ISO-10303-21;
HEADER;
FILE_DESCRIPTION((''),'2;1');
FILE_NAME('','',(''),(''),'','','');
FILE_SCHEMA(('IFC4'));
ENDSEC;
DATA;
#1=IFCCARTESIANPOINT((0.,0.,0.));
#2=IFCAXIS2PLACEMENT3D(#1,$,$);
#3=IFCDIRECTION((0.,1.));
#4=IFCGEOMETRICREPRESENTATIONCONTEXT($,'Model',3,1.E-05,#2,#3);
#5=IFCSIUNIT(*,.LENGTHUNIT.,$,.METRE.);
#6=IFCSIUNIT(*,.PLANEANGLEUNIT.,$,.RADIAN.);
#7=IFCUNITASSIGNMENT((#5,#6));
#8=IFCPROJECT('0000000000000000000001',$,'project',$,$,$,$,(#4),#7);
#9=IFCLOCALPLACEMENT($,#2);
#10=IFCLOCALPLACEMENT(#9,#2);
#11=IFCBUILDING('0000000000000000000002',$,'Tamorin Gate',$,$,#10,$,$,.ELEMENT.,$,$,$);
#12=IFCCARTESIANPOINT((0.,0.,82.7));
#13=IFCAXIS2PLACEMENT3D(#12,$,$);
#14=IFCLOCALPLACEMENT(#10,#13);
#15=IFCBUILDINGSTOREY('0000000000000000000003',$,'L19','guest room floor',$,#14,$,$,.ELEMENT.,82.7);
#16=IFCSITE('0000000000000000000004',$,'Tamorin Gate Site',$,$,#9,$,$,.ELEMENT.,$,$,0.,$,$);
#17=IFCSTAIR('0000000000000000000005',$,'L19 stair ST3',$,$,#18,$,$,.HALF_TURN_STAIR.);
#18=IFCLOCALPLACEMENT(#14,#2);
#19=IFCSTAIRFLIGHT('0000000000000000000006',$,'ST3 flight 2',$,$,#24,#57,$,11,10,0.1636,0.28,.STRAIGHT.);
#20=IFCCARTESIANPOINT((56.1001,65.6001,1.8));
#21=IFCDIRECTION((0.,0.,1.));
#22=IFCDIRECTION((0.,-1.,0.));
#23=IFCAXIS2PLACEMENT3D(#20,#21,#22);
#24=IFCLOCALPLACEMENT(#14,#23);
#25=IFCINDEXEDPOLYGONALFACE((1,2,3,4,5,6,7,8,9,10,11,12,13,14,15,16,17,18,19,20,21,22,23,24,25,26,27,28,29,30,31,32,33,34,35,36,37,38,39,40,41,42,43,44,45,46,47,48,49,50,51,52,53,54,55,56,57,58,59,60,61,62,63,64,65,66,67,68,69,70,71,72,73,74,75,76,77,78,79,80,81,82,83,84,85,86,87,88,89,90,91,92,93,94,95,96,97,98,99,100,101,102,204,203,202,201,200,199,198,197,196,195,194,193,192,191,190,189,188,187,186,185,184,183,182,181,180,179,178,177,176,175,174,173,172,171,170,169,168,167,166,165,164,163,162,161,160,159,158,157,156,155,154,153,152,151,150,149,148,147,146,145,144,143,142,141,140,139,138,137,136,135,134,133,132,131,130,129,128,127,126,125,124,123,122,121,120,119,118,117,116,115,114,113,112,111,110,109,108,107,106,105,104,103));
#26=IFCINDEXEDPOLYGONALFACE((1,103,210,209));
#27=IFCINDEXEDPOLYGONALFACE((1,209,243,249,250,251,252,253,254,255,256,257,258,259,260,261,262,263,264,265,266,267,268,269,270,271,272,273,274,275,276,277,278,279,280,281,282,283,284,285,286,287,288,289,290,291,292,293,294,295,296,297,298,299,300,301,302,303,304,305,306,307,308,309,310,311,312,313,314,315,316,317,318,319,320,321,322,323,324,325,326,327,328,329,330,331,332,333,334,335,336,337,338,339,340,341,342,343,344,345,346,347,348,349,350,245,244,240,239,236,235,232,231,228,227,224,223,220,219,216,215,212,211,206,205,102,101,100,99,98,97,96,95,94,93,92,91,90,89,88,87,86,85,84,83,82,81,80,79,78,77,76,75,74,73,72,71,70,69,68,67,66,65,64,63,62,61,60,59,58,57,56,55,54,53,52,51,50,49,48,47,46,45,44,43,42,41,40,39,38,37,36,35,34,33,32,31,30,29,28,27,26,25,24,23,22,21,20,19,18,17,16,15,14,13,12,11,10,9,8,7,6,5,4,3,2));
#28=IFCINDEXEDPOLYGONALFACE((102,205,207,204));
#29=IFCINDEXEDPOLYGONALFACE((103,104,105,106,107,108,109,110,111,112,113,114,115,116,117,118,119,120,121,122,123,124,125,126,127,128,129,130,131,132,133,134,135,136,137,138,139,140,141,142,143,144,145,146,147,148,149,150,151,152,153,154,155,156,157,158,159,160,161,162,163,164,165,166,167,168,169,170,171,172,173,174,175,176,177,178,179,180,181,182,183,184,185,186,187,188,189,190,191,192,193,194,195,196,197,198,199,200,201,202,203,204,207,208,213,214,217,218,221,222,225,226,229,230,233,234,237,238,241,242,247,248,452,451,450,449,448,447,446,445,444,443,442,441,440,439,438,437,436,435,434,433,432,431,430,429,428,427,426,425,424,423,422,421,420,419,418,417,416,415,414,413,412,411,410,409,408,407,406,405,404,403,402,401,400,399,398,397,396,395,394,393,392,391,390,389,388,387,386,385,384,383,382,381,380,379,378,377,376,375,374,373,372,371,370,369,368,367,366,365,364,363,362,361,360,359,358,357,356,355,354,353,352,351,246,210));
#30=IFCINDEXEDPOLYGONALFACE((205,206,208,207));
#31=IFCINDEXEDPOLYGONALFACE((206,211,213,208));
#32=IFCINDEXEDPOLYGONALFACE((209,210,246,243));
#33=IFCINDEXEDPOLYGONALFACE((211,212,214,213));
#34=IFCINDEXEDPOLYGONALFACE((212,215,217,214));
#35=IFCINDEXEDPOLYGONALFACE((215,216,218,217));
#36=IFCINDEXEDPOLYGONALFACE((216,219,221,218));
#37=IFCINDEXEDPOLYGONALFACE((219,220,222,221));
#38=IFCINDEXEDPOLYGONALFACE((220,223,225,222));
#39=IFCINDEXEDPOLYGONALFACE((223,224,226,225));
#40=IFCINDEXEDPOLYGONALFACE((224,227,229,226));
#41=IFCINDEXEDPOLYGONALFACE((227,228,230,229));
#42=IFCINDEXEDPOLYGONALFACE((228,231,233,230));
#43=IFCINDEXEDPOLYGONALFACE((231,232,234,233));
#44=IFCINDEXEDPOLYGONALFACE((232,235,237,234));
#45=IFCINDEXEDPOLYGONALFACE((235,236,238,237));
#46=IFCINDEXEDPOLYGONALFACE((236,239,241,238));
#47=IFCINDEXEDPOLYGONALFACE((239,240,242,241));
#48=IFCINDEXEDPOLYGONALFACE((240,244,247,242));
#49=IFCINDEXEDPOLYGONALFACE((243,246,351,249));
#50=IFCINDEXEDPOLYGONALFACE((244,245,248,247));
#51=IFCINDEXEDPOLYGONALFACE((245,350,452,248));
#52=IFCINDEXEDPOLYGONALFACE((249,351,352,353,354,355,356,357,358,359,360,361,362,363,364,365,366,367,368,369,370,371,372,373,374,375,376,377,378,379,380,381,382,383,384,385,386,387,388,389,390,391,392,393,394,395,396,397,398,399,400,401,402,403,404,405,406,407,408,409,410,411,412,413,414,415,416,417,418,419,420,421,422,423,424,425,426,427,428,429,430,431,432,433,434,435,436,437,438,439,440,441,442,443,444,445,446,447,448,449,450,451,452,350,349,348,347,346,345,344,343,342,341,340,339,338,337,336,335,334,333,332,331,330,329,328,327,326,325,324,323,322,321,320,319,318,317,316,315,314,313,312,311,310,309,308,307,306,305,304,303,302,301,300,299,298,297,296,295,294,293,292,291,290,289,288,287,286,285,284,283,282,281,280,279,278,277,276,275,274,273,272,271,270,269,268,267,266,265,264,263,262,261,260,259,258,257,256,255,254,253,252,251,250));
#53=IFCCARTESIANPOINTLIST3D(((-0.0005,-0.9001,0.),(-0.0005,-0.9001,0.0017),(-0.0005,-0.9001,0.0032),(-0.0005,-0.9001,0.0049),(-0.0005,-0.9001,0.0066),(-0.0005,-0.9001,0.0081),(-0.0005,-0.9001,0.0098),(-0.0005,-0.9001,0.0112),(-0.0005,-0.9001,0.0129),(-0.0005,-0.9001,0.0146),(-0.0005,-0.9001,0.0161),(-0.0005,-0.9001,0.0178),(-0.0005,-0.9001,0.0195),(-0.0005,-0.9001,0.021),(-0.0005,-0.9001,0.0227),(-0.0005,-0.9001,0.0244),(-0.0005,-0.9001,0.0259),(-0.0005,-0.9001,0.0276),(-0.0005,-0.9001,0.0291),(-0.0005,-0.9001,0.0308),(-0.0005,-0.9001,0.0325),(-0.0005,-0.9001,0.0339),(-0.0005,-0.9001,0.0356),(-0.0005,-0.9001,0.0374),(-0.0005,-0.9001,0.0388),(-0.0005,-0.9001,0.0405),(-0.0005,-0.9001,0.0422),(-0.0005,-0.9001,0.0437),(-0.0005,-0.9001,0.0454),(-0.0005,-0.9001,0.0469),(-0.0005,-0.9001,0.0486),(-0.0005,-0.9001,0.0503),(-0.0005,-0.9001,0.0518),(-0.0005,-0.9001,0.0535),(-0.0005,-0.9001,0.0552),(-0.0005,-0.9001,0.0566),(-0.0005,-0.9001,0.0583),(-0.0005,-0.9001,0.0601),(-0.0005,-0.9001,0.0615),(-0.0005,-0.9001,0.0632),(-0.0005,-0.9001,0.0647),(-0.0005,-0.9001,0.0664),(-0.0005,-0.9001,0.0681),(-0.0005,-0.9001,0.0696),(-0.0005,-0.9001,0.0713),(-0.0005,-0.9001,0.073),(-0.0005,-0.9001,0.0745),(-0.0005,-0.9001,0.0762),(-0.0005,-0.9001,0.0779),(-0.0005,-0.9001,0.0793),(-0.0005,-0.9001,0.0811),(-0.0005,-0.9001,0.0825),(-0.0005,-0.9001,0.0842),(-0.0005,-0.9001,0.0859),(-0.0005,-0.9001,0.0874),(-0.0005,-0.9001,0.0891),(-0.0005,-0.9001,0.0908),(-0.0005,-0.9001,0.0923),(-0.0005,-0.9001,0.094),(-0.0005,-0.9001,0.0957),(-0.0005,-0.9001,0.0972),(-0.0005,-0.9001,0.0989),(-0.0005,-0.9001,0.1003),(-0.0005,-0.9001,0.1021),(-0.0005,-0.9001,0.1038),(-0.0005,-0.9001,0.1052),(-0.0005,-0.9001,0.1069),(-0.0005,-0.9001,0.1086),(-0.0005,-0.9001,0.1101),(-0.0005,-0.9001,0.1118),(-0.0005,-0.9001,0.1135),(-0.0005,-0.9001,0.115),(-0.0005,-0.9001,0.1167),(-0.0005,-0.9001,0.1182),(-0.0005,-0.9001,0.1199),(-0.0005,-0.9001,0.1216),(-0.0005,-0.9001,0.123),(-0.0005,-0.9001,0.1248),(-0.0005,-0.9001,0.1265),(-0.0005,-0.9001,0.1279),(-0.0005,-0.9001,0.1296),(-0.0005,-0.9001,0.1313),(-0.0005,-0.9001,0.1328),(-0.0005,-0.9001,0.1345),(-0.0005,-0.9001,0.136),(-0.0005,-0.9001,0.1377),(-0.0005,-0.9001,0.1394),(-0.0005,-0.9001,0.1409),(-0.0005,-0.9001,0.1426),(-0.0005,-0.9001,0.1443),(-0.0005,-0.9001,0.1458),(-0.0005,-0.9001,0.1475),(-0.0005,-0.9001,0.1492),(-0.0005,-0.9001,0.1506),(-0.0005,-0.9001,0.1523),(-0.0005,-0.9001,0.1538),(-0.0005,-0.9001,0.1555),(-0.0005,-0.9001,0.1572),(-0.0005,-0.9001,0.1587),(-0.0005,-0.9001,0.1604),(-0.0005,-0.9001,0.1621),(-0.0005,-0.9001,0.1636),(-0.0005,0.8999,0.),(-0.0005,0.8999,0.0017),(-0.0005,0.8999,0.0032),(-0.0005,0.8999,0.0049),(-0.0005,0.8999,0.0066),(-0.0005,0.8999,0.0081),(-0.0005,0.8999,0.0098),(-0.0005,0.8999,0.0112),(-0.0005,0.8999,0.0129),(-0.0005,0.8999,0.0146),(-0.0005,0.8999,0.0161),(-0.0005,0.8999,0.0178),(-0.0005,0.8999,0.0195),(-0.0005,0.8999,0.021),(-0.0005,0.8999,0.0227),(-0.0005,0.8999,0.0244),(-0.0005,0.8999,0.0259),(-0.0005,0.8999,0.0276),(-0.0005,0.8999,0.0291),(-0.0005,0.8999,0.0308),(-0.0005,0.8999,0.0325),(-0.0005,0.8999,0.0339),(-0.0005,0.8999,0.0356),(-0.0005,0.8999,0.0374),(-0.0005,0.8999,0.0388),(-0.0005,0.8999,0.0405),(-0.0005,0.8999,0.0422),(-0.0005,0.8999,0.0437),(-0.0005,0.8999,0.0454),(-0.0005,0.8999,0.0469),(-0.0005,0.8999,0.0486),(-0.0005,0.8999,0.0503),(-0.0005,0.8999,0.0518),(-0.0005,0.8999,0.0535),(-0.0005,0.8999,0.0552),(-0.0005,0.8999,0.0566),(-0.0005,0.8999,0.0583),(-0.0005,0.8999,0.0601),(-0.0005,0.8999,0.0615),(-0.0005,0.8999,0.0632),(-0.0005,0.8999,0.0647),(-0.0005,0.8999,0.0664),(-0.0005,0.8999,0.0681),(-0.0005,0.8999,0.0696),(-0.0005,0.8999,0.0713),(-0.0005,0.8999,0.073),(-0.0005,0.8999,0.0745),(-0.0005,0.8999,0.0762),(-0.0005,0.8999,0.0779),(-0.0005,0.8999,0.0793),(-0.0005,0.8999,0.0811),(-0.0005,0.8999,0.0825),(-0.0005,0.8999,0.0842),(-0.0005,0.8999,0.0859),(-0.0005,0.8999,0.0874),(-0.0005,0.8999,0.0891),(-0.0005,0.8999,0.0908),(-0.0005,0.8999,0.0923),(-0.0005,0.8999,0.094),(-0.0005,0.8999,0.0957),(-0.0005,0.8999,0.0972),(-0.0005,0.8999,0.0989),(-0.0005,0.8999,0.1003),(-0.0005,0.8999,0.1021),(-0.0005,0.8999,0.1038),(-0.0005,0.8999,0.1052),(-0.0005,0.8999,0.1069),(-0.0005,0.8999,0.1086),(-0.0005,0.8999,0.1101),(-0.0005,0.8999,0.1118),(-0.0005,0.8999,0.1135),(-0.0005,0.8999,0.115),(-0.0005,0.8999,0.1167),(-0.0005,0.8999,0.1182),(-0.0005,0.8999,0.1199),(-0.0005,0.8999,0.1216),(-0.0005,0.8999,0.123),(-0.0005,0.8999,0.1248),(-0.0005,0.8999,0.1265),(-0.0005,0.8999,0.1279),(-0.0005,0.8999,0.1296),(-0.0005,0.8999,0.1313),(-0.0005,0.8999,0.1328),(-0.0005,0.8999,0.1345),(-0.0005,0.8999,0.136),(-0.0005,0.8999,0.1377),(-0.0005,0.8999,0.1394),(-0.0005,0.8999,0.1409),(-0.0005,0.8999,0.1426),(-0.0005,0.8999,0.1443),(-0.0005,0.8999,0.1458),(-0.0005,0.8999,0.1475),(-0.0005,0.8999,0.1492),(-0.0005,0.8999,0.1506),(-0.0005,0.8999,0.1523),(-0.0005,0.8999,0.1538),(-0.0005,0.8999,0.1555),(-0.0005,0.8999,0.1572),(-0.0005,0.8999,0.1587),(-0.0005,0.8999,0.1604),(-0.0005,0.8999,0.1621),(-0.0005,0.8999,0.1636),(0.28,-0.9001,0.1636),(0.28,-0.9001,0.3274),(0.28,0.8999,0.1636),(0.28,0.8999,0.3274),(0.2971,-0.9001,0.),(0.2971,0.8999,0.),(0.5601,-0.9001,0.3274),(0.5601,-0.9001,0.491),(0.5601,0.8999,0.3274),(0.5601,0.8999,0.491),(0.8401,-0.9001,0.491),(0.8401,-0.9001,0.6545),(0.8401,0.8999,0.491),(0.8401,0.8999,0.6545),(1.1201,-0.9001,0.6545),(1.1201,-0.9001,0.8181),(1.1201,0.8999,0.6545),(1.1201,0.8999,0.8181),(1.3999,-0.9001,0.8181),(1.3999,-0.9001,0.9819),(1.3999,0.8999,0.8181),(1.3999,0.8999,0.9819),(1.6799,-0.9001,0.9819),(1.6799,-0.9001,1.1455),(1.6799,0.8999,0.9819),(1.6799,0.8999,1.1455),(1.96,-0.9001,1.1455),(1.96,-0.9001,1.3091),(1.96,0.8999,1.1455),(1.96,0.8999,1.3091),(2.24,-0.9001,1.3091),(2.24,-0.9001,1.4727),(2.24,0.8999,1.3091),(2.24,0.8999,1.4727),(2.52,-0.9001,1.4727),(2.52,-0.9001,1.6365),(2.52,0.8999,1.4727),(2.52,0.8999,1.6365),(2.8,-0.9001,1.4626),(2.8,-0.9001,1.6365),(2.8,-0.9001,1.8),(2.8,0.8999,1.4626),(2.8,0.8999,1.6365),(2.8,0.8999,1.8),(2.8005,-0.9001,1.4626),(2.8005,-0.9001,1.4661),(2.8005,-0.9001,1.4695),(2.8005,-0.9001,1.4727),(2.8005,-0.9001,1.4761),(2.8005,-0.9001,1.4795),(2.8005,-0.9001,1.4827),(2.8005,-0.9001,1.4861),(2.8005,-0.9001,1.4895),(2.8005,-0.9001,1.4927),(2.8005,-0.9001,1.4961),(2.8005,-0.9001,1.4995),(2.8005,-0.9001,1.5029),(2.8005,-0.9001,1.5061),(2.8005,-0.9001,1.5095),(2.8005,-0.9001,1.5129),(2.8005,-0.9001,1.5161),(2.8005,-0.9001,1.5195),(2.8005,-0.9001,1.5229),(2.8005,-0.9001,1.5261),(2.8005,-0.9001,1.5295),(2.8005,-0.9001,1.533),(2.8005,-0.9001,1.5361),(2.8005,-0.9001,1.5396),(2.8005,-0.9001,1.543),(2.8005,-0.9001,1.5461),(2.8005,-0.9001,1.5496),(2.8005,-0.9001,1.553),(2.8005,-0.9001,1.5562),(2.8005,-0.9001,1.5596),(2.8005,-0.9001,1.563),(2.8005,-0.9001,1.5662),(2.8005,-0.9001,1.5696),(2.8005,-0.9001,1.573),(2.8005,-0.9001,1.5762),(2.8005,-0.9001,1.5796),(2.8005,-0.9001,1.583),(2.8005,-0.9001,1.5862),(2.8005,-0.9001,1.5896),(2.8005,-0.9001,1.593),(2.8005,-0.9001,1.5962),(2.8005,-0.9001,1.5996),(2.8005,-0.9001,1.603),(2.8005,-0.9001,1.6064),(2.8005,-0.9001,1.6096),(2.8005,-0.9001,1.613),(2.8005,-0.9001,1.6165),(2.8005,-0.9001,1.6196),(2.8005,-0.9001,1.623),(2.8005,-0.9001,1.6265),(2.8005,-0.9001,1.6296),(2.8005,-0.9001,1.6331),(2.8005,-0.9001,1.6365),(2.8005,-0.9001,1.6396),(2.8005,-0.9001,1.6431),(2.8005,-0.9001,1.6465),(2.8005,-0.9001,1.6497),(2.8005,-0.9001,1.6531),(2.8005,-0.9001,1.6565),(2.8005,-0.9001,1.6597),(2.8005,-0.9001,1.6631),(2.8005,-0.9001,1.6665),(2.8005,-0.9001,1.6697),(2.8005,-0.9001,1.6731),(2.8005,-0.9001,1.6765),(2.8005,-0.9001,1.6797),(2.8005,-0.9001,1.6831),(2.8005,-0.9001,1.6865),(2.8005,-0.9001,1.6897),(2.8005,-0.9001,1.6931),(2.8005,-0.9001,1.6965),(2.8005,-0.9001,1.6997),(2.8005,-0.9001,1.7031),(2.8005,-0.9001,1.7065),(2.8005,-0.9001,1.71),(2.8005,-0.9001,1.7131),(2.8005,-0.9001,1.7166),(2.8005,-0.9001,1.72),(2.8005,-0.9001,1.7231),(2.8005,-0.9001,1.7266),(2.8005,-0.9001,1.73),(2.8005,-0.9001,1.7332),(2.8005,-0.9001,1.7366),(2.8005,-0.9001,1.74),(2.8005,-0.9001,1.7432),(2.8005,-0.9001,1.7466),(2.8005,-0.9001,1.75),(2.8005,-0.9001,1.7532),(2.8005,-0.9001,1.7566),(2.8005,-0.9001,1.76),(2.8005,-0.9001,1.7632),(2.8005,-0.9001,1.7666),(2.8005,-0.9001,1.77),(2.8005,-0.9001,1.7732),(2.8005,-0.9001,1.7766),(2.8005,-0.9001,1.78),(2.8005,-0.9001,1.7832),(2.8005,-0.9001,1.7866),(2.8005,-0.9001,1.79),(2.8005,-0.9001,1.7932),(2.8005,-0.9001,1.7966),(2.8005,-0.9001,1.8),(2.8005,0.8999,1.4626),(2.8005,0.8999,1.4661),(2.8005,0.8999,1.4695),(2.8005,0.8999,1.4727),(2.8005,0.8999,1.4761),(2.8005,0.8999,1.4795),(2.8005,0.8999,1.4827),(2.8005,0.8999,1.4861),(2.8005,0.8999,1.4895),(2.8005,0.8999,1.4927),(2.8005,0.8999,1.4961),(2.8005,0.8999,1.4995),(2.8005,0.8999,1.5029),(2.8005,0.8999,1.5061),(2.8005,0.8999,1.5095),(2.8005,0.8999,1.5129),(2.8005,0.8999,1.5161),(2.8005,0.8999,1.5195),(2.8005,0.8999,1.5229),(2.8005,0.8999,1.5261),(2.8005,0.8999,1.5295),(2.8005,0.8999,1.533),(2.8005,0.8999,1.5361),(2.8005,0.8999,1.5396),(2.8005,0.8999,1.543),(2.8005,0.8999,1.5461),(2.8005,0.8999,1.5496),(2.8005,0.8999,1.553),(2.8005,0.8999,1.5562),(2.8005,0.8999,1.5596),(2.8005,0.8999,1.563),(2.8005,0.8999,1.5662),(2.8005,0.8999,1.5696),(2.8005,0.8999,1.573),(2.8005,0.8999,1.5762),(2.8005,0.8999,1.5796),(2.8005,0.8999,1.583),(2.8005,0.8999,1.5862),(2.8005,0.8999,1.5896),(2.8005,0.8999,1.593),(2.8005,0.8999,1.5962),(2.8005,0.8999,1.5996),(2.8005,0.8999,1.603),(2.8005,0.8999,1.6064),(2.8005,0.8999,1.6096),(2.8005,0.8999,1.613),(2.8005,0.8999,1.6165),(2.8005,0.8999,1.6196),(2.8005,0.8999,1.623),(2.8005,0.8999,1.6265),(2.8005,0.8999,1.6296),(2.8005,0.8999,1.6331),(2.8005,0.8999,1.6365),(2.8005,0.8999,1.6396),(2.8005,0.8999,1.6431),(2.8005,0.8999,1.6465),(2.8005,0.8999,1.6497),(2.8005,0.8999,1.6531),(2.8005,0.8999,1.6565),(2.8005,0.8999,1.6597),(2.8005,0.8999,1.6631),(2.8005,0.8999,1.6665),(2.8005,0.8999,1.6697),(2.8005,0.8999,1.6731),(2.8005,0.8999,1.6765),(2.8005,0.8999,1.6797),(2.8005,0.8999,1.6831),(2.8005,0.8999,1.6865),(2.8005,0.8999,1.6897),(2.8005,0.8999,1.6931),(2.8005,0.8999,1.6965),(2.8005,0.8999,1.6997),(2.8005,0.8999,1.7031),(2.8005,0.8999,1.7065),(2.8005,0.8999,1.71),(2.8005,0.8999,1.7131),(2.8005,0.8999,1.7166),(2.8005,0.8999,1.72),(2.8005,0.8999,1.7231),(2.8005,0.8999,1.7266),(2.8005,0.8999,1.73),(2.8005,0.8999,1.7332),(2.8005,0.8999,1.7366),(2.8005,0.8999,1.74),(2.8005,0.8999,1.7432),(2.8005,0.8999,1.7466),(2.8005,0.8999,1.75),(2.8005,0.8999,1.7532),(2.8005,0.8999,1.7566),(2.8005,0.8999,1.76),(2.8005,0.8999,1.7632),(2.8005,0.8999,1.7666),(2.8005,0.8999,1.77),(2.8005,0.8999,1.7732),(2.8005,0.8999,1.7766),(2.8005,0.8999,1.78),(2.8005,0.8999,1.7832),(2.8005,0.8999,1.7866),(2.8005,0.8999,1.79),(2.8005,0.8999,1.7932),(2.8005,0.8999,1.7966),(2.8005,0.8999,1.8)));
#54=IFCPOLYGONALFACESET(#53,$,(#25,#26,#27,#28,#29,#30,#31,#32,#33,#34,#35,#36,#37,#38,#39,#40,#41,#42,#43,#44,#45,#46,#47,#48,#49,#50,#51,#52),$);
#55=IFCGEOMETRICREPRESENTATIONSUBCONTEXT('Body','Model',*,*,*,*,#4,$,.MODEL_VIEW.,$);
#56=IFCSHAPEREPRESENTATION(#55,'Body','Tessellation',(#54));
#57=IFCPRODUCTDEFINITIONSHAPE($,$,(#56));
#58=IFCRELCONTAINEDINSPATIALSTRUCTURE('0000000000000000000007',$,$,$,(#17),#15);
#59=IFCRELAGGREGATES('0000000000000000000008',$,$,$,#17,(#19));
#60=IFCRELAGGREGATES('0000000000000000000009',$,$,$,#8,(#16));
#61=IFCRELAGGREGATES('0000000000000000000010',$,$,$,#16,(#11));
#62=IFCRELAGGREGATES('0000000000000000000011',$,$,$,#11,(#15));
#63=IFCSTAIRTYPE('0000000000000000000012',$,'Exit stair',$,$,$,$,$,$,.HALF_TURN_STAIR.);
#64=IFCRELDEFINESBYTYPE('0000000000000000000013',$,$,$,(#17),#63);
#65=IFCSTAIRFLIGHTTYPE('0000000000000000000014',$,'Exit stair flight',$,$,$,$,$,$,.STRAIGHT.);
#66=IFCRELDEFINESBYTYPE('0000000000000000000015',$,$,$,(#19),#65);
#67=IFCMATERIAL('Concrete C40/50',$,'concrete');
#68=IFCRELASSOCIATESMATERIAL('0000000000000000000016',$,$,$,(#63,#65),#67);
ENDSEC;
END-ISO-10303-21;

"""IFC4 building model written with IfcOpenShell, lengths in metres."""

from ifc_helpers import new_model, si_unit, direction, frame, origin, place, context, subcontext, project, spatial, polyline, outline, extrude, material, type_object, element, aggregate, save


model = new_model("IFC4")

# Units and contexts
model_context = context("Model", 3, precision=1e-05, world=origin(), true_north=direction((0.0, 1.0)))
body_context = subcontext(model_context, "Body", "Model", "MODEL_VIEW")
ifc_project = project(units=[si_unit("LENGTHUNIT", "METRE"), si_unit("PLANEANGLEUNIT", "RADIAN")], contexts=[model_context])

# Site, building, storey
site_placement = place(None, origin())
site = spatial("IfcSite", under=ifc_project, at=site_placement, Name="Tamorin Gate Site", CompositionType="ELEMENT", RefElevation=0.0)
building_placement = place(site_placement, origin())
building = spatial("IfcBuilding", under=site, at=building_placement, Name="Tamorin Gate", CompositionType="ELEMENT")
storey_placement = place(building_placement, frame((0.0, 0.0, 82.7)))
storey = spatial("IfcBuildingStorey", under=building, at=storey_placement, Name="L19", Description="guest room floor", CompositionType="ELEMENT", Elevation=82.7)

# Shared definitions
ifc_material_1 = material(Name="Concrete C40/50", Category="concrete")

# Stair, stair flight
stair_type = type_object("IfcStairType", Name="Exit stair", PredefinedType="HALF_TURN_STAIR", material=ifc_material_1)
stair_placement = place(storey_placement, origin())
stair = element("IfcStair", 1, at=stair_placement, inside=storey, type_object=stair_type, Name="L19 stair ST3", PredefinedType="HALF_TURN_STAIR")
stair_flight_type = type_object("IfcStairFlightType", Name="Exit stair flight", PredefinedType="STRAIGHT", material=ifc_material_1)
stair_flight_1_placement = place(storey_placement, frame((56.1001, 65.6001, 1.8), z_axis=(0.0, 0.0, 1.0), x_axis=(0.0, -1.0, 0.0)))
stair_flight_1 = element("IfcStairFlight", 2, at=stair_flight_1_placement, type_object=stair_flight_type, Name="ST3 flight 2", NumberOfRisers=11, NumberOfTreads=10, PredefinedType="STRAIGHT", RiserHeight=0.1636, TreadLength=0.28, context=body_context, shape_type="SweptSolid", body=[
    extrude(outline(polyline([(-0.0005, 0.0), (-0.0005, 0.0017), (-0.0005, 0.0032), (-0.0005, 0.0049), (-0.0005, 0.0066), (-0.0005, 0.0081), (-0.0005, 0.0098), (-0.0005, 0.0112), (-0.0005, 0.0129), (-0.0005, 0.0146), (-0.0005, 0.0161), (-0.0005, 0.0178), (-0.0005, 0.0195), (-0.0005, 0.021), (-0.0005, 0.0227), (-0.0005, 0.0244), (-0.0005, 0.0259), (-0.0005, 0.0276), (-0.0005, 0.0291), (-0.0005, 0.0308), (-0.0005, 0.0325), (-0.0005, 0.0339), (-0.0005, 0.0356), (-0.0005, 0.0374), (-0.0005, 0.0388), (-0.0005, 0.0405), (-0.0005, 0.0422), (-0.0005, 0.0437), (-0.0005, 0.0454), (-0.0005, 0.0469), (-0.0005, 0.0486), (-0.0005, 0.0503), (-0.0005, 0.0518), (-0.0005, 0.0535), (-0.0005, 0.0552), (-0.0005, 0.0566), (-0.0005, 0.0583), (-0.0005, 0.0601), (-0.0005, 0.0615), (-0.0005, 0.0632), (-0.0005, 0.0647), (-0.0005, 0.0664), (-0.0005, 0.0681), (-0.0005, 0.0696), (-0.0005, 0.0713), (-0.0005, 0.073), (-0.0005, 0.0745), (-0.0005, 0.0762), (-0.0005, 0.0779), (-0.0005, 0.0793), (-0.0005, 0.0811), (-0.0005, 0.0825), (-0.0005, 0.0842), (-0.0005, 0.0859), (-0.0005, 0.0874), (-0.0005, 0.0891), (-0.0005, 0.0908), (-0.0005, 0.0923), (-0.0005, 0.094), (-0.0005, 0.0957), (-0.0005, 0.0972), (-0.0005, 0.0989), (-0.0005, 0.1003), (-0.0005, 0.1021), (-0.0005, 0.1038), (-0.0005, 0.1052), (-0.0005, 0.1069), (-0.0005, 0.1086), (-0.0005, 0.1101), (-0.0005, 0.1118), (-0.0005, 0.1135), (-0.0005, 0.115), (-0.0005, 0.1167), (-0.0005, 0.1182), (-0.0005, 0.1199), (-0.0005, 0.1216), (-0.0005, 0.123), (-0.0005, 0.1248), (-0.0005, 0.1265), (-0.0005, 0.1279), (-0.0005, 0.1296), (-0.0005, 0.1313), (-0.0005, 0.1328), (-0.0005, 0.1345), (-0.0005, 0.136), (-0.0005, 0.1377), (-0.0005, 0.1394), (-0.0005, 0.1409), (-0.0005, 0.1426), (-0.0005, 0.1443), (-0.0005, 0.1458), (-0.0005, 0.1475), (-0.0005, 0.1492), (-0.0005, 0.1506), (-0.0005, 0.1523), (-0.0005, 0.1538), (-0.0005, 0.1555), (-0.0005, 0.1572), (-0.0005, 0.1587), (-0.0005, 0.1604), (-0.0005, 0.1621), (-0.0005, 0.1636), (0.28, 0.1636), (0.28, 0.3274), (0.5601, 0.3274), (0.5601, 0.491), (0.8401, 0.491), (0.8401, 0.6545), (1.1201, 0.6545), (1.1201, 0.8181), (1.3999, 0.8181), (1.3999, 0.9819), (1.6799, 0.9819), (1.6799, 1.1455), (1.96, 1.1455), (1.96, 1.3091), (2.24, 1.3091), (2.24, 1.4727), (2.52, 1.4727), (2.52, 1.6365), (2.8, 1.6365), (2.8, 1.8), (2.8005, 1.8), (2.8005, 1.7966), (2.8005, 1.7932), (2.8005, 1.79), (2.8005, 1.7866), (2.8005, 1.7832), (2.8005, 1.78), (2.8005, 1.7766), (2.8005, 1.7732), (2.8005, 1.77), (2.8005, 1.7666), (2.8005, 1.7632), (2.8005, 1.76), (2.8005, 1.7566), (2.8005, 1.7532), (2.8005, 1.75), (2.8005, 1.7466), (2.8005, 1.7432), (2.8005, 1.74), (2.8005, 1.7366), (2.8005, 1.7332), (2.8005, 1.73), (2.8005, 1.7266), (2.8005, 1.7231), (2.8005, 1.72), (2.8005, 1.7166), (2.8005, 1.7131), (2.8005, 1.71), (2.8005, 1.7065), (2.8005, 1.7031), (2.8005, 1.6997), (2.8005, 1.6965), (2.8005, 1.6931), (2.8005, 1.6897), (2.8005, 1.6865), (2.8005, 1.6831), (2.8005, 1.6797), (2.8005, 1.6765), (2.8005, 1.6731), (2.8005, 1.6697), (2.8005, 1.6665), (2.8005, 1.6631), (2.8005, 1.6597), (2.8005, 1.6565), (2.8005, 1.6531), (2.8005, 1.6497), (2.8005, 1.6465), (2.8005, 1.6431), (2.8005, 1.6396), (2.8005, 1.6365), (2.8005, 1.6331), (2.8005, 1.6296), (2.8005, 1.6265), (2.8005, 1.623), (2.8005, 1.6196), (2.8005, 1.6165), (2.8005, 1.613), (2.8005, 1.6096), (2.8005, 1.6064), (2.8005, 1.603), (2.8005, 1.5996), (2.8005, 1.5962), (2.8005, 1.593), (2.8005, 1.5896), (2.8005, 1.5862), (2.8005, 1.583), (2.8005, 1.5796), (2.8005, 1.5762), (2.8005, 1.573), (2.8005, 1.5696), (2.8005, 1.5662), (2.8005, 1.563), (2.8005, 1.5596), (2.8005, 1.5562), (2.8005, 1.553), (2.8005, 1.5496), (2.8005, 1.5461), (2.8005, 1.543), (2.8005, 1.5396), (2.8005, 1.5361), (2.8005, 1.533), (2.8005, 1.5295), (2.8005, 1.5261), (2.8005, 1.5229), (2.8005, 1.5195), (2.8005, 1.5161), (2.8005, 1.5129), (2.8005, 1.5095), (2.8005, 1.5061), (2.8005, 1.5029), (2.8005, 1.4995), (2.8005, 1.4961), (2.8005, 1.4927), (2.8005, 1.4895), (2.8005, 1.4861), (2.8005, 1.4827), (2.8005, 1.4795), (2.8005, 1.4761), (2.8005, 1.4727), (2.8005, 1.4695), (2.8005, 1.4661), (2.8005, 1.4626), (2.8, 1.4626), (0.2971, 0.0), (-0.0005, 0.0)])), frame((0.0, 0.8999, 0.0), z_axis=(0.0, -1.0, 0.0), x_axis=(1.0, 0.0, 0.0)), (0.0, 0.0, 1.0), 1.8),
])
aggregate(stair, [stair_flight_1])

save(model, "model.ifc")
